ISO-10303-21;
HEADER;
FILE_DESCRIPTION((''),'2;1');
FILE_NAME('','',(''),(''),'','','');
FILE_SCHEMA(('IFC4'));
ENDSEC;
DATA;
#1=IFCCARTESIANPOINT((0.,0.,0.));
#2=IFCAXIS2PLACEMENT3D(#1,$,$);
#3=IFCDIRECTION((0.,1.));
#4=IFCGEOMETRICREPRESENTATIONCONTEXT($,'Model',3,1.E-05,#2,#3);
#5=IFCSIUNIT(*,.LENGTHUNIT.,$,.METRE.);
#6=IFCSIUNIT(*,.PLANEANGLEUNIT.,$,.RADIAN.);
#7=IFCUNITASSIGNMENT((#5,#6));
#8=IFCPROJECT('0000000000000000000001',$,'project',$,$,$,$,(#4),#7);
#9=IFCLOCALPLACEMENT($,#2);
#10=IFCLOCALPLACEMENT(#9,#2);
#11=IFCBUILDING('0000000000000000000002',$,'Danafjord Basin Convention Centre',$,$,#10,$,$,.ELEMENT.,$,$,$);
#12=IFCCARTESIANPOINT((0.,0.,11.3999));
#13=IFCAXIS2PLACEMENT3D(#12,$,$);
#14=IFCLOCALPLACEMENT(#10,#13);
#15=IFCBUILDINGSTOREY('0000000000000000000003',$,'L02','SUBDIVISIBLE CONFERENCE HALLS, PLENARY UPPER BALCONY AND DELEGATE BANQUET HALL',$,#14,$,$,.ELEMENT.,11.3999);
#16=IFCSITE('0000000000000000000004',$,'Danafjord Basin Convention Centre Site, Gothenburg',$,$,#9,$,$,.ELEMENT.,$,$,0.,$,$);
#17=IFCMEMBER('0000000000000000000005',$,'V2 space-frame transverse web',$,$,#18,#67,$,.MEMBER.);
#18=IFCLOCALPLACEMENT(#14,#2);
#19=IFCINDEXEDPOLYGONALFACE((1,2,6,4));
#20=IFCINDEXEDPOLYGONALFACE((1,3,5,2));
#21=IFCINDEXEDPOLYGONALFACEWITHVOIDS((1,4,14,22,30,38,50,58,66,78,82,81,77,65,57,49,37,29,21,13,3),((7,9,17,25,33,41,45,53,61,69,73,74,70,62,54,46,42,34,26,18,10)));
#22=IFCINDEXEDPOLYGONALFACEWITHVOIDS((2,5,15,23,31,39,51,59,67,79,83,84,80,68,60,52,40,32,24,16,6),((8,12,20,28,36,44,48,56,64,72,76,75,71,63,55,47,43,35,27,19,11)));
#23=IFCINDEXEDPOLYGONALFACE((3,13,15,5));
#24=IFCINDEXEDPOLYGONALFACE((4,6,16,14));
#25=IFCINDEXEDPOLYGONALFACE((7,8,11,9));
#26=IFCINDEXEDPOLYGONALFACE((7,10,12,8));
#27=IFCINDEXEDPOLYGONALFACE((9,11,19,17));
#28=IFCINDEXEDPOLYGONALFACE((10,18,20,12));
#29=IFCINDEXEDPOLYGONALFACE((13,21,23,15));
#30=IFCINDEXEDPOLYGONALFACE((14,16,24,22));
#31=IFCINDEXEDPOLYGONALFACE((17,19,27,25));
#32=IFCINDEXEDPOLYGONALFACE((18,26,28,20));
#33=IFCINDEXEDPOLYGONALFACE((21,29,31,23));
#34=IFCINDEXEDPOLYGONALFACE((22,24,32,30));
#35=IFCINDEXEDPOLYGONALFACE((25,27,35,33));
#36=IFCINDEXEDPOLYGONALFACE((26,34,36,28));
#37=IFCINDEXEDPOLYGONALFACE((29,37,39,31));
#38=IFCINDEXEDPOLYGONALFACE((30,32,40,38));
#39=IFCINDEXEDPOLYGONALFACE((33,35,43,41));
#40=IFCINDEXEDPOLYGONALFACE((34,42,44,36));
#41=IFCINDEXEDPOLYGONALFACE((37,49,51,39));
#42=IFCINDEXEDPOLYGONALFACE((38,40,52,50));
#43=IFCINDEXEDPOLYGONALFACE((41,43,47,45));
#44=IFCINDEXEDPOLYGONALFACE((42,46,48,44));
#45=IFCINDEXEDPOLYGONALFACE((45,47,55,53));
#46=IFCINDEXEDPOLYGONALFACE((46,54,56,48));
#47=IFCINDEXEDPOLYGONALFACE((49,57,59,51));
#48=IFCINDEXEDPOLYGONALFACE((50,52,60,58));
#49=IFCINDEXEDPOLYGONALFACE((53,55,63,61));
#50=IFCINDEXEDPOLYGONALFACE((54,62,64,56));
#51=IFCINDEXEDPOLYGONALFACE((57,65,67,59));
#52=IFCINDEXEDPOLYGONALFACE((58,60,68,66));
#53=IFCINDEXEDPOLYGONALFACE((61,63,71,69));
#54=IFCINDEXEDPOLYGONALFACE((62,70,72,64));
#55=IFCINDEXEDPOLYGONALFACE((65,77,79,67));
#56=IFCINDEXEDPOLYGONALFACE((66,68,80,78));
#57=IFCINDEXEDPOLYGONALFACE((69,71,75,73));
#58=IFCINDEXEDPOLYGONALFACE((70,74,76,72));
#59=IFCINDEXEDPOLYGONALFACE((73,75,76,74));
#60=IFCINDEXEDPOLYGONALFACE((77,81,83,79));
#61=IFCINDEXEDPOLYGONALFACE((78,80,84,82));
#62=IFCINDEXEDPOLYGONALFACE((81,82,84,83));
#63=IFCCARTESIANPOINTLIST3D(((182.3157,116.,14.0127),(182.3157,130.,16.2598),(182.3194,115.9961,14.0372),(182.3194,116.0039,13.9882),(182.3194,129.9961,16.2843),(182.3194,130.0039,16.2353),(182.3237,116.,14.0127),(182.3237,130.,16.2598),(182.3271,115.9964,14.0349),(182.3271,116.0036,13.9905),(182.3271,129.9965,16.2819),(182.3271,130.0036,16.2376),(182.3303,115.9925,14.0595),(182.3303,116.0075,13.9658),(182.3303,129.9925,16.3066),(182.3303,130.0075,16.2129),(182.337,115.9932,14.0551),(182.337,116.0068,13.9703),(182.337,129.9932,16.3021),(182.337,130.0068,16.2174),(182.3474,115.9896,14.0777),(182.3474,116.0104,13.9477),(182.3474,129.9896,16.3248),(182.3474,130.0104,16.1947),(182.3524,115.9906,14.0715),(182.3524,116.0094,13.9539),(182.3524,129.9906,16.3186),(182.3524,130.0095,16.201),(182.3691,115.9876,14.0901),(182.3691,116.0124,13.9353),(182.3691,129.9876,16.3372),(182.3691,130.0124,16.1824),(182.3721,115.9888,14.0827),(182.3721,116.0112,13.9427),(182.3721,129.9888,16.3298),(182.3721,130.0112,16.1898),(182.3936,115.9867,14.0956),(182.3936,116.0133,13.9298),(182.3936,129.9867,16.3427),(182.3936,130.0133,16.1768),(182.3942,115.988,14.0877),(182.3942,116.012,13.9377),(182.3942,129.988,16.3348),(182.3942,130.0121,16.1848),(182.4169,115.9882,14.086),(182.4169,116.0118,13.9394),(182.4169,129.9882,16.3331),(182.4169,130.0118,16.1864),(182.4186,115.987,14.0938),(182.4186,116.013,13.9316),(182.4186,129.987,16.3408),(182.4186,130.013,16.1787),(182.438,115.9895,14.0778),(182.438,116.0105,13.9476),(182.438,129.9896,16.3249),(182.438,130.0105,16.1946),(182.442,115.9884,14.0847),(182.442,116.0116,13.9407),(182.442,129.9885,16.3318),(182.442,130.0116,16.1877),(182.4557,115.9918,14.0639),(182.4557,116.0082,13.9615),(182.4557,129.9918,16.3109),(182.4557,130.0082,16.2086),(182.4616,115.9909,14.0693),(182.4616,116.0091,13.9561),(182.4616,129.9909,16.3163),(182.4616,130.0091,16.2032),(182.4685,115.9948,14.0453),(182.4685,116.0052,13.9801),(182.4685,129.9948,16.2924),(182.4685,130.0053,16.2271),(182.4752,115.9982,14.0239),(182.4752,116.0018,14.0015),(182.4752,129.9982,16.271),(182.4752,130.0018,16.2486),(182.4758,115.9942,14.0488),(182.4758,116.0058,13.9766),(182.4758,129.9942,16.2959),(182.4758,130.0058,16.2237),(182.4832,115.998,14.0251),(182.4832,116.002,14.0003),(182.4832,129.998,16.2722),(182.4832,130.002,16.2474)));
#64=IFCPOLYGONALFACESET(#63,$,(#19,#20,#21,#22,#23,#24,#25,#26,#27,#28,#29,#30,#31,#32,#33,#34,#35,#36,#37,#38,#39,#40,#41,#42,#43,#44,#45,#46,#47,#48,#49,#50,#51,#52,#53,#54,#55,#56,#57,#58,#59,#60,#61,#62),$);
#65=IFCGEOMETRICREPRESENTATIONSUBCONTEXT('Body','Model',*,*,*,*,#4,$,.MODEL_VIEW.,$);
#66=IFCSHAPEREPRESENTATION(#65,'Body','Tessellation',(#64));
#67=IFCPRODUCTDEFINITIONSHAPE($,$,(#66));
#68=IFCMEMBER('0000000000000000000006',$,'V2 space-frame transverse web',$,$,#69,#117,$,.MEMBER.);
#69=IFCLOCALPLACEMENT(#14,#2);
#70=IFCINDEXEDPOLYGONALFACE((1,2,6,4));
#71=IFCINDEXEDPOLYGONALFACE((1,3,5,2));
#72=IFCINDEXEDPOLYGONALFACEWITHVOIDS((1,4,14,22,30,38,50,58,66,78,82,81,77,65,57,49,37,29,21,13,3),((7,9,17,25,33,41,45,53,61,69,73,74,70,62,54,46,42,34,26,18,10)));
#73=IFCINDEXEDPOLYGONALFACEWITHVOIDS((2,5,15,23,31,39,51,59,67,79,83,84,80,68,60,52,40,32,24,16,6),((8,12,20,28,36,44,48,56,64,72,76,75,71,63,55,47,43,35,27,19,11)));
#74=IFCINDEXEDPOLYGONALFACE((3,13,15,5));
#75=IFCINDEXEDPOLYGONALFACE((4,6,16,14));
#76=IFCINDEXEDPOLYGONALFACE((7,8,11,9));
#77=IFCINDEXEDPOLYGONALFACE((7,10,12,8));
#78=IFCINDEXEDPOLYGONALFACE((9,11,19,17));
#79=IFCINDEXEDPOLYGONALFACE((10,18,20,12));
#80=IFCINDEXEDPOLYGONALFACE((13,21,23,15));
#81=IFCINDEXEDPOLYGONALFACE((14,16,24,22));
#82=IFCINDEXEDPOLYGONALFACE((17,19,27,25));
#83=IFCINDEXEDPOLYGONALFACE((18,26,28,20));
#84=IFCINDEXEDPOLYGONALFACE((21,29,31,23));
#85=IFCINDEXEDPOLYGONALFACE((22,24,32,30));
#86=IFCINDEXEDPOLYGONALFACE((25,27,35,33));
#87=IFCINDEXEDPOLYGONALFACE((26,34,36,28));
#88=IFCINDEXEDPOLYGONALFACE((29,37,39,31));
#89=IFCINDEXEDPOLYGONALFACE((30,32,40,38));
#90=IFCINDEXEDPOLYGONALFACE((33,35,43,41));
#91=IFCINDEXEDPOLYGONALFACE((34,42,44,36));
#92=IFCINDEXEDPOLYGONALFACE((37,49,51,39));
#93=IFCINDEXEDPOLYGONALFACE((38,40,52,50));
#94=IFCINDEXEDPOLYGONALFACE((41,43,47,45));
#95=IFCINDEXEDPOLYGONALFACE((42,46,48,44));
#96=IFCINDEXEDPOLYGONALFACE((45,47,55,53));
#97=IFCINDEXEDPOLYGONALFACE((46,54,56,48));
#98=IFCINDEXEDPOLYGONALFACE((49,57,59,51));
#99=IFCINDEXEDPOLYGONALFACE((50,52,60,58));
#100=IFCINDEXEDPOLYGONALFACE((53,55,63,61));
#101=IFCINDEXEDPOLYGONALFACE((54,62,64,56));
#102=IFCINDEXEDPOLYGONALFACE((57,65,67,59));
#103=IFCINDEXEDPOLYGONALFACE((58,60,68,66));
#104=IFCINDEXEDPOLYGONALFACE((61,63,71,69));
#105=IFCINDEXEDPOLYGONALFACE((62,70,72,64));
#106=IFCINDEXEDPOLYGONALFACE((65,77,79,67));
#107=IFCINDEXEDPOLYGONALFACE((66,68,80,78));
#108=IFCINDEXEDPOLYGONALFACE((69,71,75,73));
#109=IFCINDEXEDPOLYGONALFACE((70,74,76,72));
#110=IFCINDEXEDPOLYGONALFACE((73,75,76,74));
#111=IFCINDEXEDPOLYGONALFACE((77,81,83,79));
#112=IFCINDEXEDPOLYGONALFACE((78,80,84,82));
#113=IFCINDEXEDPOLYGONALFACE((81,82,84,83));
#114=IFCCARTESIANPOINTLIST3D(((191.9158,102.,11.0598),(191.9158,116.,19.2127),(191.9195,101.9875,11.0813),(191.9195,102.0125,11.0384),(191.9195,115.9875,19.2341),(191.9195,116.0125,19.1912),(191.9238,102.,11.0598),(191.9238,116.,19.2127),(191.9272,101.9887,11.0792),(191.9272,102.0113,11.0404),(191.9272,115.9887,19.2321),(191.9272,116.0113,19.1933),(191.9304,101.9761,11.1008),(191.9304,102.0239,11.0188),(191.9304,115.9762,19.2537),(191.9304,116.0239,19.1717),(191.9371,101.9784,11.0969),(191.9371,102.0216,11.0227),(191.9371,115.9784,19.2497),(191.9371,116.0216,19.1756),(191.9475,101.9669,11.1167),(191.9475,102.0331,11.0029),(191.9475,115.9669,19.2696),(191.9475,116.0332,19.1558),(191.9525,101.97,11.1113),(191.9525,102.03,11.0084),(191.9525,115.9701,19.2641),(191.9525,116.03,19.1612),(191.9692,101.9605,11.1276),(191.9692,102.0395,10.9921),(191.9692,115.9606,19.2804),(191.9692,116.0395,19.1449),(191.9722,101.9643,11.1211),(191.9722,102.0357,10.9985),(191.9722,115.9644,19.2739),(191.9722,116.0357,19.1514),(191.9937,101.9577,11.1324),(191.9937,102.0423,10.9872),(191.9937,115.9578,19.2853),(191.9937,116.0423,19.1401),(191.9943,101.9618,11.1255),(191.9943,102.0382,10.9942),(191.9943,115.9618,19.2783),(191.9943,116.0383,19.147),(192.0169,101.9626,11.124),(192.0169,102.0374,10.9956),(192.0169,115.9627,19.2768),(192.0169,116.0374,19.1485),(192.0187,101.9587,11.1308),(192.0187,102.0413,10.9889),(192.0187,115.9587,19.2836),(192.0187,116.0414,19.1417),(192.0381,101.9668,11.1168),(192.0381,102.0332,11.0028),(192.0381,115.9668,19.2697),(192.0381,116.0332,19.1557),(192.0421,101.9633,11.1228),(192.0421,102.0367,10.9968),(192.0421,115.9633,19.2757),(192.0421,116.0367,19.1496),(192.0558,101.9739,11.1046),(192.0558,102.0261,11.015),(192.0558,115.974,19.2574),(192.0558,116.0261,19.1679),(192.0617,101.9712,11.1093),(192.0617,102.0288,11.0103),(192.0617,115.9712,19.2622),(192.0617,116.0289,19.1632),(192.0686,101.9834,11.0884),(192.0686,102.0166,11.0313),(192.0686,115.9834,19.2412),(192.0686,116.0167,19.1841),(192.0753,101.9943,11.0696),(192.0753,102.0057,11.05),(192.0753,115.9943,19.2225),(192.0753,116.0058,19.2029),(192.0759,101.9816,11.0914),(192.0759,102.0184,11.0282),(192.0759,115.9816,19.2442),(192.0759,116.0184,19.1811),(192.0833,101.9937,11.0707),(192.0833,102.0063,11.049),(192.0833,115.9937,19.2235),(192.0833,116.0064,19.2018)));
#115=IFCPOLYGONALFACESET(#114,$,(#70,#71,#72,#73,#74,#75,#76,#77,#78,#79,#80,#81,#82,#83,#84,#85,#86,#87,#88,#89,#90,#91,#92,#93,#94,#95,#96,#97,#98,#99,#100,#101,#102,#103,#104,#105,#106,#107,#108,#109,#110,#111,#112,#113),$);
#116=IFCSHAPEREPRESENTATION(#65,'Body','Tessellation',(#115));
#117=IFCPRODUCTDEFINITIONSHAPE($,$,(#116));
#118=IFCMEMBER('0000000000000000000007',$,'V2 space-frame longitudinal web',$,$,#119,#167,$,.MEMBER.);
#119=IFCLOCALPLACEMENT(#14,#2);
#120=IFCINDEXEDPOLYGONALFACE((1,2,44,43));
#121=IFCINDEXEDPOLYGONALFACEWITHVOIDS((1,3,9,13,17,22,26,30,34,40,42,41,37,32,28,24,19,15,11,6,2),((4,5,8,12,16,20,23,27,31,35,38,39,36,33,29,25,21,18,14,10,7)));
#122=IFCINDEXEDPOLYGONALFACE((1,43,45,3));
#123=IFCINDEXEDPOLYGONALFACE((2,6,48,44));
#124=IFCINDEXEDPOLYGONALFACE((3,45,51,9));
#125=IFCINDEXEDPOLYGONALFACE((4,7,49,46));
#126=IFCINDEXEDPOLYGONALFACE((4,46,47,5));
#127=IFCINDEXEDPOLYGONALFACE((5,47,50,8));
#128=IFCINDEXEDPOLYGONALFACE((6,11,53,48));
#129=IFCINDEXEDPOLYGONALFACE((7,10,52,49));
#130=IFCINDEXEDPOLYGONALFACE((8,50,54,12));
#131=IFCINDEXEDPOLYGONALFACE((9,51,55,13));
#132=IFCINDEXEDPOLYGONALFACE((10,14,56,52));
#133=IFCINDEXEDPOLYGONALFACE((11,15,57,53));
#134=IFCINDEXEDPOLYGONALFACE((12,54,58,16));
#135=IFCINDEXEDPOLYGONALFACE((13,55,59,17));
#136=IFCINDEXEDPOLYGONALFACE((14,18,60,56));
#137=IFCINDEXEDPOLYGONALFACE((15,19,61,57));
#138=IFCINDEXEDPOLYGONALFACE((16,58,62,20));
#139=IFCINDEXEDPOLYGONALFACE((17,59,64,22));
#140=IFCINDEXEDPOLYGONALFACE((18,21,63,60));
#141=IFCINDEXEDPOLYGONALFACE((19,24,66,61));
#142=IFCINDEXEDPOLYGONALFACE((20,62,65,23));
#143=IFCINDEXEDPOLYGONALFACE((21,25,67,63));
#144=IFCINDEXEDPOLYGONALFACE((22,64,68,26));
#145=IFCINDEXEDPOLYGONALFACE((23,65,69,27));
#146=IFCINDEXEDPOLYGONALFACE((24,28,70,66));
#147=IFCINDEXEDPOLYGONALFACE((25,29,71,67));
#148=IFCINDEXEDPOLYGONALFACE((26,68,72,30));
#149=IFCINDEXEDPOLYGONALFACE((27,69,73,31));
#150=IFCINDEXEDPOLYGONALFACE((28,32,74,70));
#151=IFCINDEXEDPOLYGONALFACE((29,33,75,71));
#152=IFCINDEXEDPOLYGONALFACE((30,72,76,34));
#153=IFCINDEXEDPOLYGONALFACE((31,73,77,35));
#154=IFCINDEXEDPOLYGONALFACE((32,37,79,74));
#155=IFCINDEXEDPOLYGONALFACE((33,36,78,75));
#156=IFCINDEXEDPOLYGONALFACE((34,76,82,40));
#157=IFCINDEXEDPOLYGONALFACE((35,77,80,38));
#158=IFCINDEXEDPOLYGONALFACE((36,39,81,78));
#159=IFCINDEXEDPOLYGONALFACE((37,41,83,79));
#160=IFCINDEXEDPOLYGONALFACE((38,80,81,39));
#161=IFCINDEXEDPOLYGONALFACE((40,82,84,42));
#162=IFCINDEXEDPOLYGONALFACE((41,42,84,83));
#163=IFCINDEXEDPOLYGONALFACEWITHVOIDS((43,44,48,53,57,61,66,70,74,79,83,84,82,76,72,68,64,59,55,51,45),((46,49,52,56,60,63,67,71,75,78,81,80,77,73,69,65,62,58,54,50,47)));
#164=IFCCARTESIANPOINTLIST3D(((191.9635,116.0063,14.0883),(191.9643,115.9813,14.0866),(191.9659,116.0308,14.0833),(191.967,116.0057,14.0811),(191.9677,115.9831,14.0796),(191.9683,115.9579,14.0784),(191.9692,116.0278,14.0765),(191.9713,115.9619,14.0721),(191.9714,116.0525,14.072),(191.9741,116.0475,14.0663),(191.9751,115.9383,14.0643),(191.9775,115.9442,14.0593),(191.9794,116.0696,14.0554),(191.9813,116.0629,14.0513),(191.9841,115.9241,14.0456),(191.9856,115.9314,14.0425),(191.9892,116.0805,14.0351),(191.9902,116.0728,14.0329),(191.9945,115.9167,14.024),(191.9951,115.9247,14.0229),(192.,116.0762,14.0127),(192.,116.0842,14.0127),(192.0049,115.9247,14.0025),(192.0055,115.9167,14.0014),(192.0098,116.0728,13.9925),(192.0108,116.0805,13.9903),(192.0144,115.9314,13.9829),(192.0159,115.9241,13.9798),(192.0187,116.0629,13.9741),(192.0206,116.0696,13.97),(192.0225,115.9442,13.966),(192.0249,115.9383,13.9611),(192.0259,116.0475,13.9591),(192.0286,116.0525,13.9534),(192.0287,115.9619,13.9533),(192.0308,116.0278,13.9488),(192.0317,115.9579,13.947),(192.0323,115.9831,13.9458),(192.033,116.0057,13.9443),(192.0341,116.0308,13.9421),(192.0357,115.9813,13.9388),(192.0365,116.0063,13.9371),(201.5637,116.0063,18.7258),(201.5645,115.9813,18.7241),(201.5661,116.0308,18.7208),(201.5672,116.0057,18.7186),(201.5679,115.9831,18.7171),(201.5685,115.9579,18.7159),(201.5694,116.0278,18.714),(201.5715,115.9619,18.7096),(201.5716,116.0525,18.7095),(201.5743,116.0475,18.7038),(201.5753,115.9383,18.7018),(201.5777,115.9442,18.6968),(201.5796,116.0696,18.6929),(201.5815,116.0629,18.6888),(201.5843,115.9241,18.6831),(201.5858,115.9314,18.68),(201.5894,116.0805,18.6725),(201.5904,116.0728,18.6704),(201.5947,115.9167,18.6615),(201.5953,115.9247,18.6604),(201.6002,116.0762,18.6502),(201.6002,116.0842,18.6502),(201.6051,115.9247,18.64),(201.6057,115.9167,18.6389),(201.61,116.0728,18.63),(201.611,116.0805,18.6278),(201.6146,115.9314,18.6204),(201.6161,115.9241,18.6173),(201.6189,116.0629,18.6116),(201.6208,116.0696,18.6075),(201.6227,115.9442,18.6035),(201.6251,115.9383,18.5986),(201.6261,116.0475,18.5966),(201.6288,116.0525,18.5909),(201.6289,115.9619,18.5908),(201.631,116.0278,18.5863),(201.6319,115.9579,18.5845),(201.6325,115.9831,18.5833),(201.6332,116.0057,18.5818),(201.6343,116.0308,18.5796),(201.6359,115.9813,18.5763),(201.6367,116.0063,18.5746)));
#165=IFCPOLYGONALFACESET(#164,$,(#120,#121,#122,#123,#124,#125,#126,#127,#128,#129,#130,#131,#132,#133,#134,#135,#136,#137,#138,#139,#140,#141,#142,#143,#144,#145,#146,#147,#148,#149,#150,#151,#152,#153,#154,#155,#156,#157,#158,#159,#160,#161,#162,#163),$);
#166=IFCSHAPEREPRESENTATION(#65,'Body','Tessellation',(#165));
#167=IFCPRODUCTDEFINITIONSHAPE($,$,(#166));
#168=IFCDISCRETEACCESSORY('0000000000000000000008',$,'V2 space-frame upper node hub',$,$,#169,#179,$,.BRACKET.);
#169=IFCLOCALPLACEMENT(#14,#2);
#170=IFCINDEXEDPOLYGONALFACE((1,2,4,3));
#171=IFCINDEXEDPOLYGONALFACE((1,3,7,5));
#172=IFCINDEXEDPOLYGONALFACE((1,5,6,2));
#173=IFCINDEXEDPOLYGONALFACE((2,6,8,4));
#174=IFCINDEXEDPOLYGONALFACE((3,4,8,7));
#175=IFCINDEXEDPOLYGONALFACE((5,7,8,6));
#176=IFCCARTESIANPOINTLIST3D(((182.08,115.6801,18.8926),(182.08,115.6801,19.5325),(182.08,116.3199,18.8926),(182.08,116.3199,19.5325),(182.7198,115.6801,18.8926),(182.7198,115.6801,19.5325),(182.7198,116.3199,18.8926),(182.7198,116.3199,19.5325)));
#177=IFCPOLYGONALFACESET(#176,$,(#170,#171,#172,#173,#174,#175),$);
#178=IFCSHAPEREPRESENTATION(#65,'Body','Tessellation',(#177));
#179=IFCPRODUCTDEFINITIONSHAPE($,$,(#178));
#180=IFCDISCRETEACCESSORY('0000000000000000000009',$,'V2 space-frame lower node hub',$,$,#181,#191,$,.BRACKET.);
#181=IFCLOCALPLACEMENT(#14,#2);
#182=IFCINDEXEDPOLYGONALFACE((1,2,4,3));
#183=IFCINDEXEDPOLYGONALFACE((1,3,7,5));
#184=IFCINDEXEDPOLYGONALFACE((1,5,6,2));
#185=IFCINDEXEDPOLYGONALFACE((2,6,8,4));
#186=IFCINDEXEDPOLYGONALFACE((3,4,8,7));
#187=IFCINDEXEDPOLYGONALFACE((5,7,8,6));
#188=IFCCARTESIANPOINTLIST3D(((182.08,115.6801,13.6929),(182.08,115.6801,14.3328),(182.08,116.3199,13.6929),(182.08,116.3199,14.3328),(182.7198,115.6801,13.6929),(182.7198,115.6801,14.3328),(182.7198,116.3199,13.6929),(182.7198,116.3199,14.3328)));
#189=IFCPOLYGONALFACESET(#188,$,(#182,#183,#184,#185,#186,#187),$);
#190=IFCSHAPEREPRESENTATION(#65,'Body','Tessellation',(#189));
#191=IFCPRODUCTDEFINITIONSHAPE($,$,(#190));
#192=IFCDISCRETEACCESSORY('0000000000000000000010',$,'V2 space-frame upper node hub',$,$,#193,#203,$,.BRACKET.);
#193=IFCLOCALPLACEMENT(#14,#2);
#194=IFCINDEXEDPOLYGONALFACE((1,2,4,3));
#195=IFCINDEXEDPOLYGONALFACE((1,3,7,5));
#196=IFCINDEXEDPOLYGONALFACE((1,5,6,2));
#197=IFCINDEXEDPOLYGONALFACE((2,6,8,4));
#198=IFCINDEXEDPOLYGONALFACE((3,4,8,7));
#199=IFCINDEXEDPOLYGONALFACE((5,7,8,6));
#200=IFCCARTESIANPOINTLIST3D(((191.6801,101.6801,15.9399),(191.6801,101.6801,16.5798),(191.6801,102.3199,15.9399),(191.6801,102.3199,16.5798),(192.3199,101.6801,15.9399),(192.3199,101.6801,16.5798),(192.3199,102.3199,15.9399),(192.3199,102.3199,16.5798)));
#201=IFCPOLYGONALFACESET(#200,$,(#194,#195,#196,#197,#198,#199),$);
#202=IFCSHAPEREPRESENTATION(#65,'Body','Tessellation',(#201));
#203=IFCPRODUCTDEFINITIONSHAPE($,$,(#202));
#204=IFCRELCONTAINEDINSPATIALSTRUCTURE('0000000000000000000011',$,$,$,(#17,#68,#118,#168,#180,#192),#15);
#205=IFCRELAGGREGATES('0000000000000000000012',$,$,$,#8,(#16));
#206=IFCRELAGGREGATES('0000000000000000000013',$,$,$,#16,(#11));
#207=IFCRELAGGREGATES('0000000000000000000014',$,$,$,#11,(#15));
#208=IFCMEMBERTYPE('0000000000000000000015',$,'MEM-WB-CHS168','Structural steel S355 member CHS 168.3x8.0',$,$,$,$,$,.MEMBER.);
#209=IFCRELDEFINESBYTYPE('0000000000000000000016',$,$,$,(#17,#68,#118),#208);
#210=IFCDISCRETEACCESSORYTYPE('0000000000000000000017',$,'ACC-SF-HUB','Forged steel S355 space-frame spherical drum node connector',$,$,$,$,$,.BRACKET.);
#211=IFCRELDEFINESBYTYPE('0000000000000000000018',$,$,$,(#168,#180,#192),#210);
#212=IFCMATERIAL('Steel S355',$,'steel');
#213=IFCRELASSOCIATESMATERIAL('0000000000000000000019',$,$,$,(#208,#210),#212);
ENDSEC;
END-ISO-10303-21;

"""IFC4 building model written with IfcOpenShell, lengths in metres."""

from ifc_helpers import new_model, si_unit, direction, frame, origin, origin_2d, place, context, subcontext, project, spatial, rectangle, hollow_circle, extrude, material, material_profile, profile_set, type_object, element, save


model = new_model("IFC4")

# Units and contexts
model_context = context("Model", 3, precision=1e-05, world=origin(), true_north=direction((0.0, 1.0)))
body_context = subcontext(model_context, "Body", "Model", "MODEL_VIEW")
ifc_project = project(units=[si_unit("LENGTHUNIT", "METRE"), si_unit("PLANEANGLEUNIT", "RADIAN")], contexts=[model_context])

# Site, building, storey
site_placement = place(None, origin())
site = spatial("IfcSite", under=ifc_project, at=site_placement, Name="Danafjord Basin Convention Centre Site, Gothenburg", CompositionType="ELEMENT", RefElevation=0.0)
building_placement = place(site_placement, origin())
building = spatial("IfcBuilding", under=site, at=building_placement, Name="Danafjord Basin Convention Centre", CompositionType="ELEMENT")
storey_placement = place(building_placement, frame((0.0, 0.0, 11.3999)))
storey = spatial("IfcBuildingStorey", under=building, at=storey_placement, Name="L02", Description="SUBDIVISIBLE CONFERENCE HALLS, PLENARY UPPER BALCONY AND DELEGATE BANQUET HALL", CompositionType="ELEMENT", Elevation=11.3999)

# Members
ifc_material = material(Name="Steel S355", Category="steel")
ifc_material_profile_1 = material_profile(ifc_material, hollow_circle(Radius=0.0842, WallThickness=0.0081, at=origin_2d()), Name="CHS 168.3x8.0")
ifc_profile_set_1 = profile_set([ifc_material_profile_1], Name="Steel S355")
member_type_1 = type_object("IfcMemberType", Name="MEM-WB-CHS168", Description="Structural steel S355 member CHS 168.3x8.0", PredefinedType="MEMBER", material=ifc_profile_set_1)
member_1_placement = place(storey_placement, frame((182.3999, 116.0, 14.0127), z_axis=(0.0, 0.987363, 0.158477), x_axis=(-1.0, 0.0, 0.0)))
element("IfcMember", 1, at=member_1_placement, inside=storey, type_object=member_type_1, Name="V2 space-frame transverse web", PredefinedType="MEMBER", context=body_context, shape_type="SweptSolid", body=[
    extrude(hollow_circle(Radius=0.0842, WallThickness=0.0081, at=origin_2d()), origin(), (0.0, 0.0, 1.0), 14.1792),
])
member_2_placement = place(storey_placement, frame((192.0, 102.0, 11.0598), z_axis=(0.0, 0.86415, 0.503234), x_axis=(-1.0, 0.0, 0.0)))
element("IfcMember", 2, at=member_2_placement, inside=storey, type_object=member_type_1, Name="V2 space-frame transverse web", PredefinedType="MEMBER", context=body_context, shape_type="SweptSolid", body=[
    extrude(hollow_circle(Radius=0.0842, WallThickness=0.0081, at=origin_2d()), origin(), (0.0, 0.0, 1.0), 16.2009),
])
member_3_placement = place(storey_placement, frame((192.0, 116.0, 14.0127), z_axis=(0.900444, 0.0, 0.434971), x_axis=(0.0, 1.0, 0.0)))
element("IfcMember", 3, at=member_3_placement, inside=storey, type_object=member_type_1, Name="V2 space-frame longitudinal web", PredefinedType="MEMBER", context=body_context, shape_type="SweptSolid", body=[
    extrude(hollow_circle(Radius=0.0842, WallThickness=0.0081, at=origin_2d()), origin(), (0.0, 0.0, 1.0), 10.6616),
])

# Discrete accessories
discrete_accessory_type = type_object("IfcDiscreteAccessoryType", Name="ACC-SF-HUB", Description="Forged steel S355 space-frame spherical drum node connector", PredefinedType="BRACKET", material=ifc_material)
for number, where, z_axis, x_axis, name in (
    (4, (182.3999, 116.0, 18.8926), (0.0, 0.0, 1.0), (1.0, 0.0, 0.0), "V2 space-frame upper node hub"),
    (5, (182.3999, 116.0, 13.6929), (0.0, 0.0, 1.0), (1.0, 0.0, 0.0), "V2 space-frame lower node hub"),
    (6, (192.0, 102.0, 15.9399), (0.0, 0.0, 1.0), (1.0, 0.0, 0.0), "V2 space-frame upper node hub"),
):
    element("IfcDiscreteAccessory", number, at=place(storey_placement, frame(where, z_axis=z_axis, x_axis=x_axis)), inside=storey, type_object=discrete_accessory_type, Name=name, PredefinedType="BRACKET", context=body_context, shape_type="SweptSolid", body=[
        extrude(rectangle(XDim=0.6399, YDim=0.6399, at=origin_2d()), origin(), (0.0, 0.0, 1.0), 0.6399),
    ])

save(model, "model.ifc")
